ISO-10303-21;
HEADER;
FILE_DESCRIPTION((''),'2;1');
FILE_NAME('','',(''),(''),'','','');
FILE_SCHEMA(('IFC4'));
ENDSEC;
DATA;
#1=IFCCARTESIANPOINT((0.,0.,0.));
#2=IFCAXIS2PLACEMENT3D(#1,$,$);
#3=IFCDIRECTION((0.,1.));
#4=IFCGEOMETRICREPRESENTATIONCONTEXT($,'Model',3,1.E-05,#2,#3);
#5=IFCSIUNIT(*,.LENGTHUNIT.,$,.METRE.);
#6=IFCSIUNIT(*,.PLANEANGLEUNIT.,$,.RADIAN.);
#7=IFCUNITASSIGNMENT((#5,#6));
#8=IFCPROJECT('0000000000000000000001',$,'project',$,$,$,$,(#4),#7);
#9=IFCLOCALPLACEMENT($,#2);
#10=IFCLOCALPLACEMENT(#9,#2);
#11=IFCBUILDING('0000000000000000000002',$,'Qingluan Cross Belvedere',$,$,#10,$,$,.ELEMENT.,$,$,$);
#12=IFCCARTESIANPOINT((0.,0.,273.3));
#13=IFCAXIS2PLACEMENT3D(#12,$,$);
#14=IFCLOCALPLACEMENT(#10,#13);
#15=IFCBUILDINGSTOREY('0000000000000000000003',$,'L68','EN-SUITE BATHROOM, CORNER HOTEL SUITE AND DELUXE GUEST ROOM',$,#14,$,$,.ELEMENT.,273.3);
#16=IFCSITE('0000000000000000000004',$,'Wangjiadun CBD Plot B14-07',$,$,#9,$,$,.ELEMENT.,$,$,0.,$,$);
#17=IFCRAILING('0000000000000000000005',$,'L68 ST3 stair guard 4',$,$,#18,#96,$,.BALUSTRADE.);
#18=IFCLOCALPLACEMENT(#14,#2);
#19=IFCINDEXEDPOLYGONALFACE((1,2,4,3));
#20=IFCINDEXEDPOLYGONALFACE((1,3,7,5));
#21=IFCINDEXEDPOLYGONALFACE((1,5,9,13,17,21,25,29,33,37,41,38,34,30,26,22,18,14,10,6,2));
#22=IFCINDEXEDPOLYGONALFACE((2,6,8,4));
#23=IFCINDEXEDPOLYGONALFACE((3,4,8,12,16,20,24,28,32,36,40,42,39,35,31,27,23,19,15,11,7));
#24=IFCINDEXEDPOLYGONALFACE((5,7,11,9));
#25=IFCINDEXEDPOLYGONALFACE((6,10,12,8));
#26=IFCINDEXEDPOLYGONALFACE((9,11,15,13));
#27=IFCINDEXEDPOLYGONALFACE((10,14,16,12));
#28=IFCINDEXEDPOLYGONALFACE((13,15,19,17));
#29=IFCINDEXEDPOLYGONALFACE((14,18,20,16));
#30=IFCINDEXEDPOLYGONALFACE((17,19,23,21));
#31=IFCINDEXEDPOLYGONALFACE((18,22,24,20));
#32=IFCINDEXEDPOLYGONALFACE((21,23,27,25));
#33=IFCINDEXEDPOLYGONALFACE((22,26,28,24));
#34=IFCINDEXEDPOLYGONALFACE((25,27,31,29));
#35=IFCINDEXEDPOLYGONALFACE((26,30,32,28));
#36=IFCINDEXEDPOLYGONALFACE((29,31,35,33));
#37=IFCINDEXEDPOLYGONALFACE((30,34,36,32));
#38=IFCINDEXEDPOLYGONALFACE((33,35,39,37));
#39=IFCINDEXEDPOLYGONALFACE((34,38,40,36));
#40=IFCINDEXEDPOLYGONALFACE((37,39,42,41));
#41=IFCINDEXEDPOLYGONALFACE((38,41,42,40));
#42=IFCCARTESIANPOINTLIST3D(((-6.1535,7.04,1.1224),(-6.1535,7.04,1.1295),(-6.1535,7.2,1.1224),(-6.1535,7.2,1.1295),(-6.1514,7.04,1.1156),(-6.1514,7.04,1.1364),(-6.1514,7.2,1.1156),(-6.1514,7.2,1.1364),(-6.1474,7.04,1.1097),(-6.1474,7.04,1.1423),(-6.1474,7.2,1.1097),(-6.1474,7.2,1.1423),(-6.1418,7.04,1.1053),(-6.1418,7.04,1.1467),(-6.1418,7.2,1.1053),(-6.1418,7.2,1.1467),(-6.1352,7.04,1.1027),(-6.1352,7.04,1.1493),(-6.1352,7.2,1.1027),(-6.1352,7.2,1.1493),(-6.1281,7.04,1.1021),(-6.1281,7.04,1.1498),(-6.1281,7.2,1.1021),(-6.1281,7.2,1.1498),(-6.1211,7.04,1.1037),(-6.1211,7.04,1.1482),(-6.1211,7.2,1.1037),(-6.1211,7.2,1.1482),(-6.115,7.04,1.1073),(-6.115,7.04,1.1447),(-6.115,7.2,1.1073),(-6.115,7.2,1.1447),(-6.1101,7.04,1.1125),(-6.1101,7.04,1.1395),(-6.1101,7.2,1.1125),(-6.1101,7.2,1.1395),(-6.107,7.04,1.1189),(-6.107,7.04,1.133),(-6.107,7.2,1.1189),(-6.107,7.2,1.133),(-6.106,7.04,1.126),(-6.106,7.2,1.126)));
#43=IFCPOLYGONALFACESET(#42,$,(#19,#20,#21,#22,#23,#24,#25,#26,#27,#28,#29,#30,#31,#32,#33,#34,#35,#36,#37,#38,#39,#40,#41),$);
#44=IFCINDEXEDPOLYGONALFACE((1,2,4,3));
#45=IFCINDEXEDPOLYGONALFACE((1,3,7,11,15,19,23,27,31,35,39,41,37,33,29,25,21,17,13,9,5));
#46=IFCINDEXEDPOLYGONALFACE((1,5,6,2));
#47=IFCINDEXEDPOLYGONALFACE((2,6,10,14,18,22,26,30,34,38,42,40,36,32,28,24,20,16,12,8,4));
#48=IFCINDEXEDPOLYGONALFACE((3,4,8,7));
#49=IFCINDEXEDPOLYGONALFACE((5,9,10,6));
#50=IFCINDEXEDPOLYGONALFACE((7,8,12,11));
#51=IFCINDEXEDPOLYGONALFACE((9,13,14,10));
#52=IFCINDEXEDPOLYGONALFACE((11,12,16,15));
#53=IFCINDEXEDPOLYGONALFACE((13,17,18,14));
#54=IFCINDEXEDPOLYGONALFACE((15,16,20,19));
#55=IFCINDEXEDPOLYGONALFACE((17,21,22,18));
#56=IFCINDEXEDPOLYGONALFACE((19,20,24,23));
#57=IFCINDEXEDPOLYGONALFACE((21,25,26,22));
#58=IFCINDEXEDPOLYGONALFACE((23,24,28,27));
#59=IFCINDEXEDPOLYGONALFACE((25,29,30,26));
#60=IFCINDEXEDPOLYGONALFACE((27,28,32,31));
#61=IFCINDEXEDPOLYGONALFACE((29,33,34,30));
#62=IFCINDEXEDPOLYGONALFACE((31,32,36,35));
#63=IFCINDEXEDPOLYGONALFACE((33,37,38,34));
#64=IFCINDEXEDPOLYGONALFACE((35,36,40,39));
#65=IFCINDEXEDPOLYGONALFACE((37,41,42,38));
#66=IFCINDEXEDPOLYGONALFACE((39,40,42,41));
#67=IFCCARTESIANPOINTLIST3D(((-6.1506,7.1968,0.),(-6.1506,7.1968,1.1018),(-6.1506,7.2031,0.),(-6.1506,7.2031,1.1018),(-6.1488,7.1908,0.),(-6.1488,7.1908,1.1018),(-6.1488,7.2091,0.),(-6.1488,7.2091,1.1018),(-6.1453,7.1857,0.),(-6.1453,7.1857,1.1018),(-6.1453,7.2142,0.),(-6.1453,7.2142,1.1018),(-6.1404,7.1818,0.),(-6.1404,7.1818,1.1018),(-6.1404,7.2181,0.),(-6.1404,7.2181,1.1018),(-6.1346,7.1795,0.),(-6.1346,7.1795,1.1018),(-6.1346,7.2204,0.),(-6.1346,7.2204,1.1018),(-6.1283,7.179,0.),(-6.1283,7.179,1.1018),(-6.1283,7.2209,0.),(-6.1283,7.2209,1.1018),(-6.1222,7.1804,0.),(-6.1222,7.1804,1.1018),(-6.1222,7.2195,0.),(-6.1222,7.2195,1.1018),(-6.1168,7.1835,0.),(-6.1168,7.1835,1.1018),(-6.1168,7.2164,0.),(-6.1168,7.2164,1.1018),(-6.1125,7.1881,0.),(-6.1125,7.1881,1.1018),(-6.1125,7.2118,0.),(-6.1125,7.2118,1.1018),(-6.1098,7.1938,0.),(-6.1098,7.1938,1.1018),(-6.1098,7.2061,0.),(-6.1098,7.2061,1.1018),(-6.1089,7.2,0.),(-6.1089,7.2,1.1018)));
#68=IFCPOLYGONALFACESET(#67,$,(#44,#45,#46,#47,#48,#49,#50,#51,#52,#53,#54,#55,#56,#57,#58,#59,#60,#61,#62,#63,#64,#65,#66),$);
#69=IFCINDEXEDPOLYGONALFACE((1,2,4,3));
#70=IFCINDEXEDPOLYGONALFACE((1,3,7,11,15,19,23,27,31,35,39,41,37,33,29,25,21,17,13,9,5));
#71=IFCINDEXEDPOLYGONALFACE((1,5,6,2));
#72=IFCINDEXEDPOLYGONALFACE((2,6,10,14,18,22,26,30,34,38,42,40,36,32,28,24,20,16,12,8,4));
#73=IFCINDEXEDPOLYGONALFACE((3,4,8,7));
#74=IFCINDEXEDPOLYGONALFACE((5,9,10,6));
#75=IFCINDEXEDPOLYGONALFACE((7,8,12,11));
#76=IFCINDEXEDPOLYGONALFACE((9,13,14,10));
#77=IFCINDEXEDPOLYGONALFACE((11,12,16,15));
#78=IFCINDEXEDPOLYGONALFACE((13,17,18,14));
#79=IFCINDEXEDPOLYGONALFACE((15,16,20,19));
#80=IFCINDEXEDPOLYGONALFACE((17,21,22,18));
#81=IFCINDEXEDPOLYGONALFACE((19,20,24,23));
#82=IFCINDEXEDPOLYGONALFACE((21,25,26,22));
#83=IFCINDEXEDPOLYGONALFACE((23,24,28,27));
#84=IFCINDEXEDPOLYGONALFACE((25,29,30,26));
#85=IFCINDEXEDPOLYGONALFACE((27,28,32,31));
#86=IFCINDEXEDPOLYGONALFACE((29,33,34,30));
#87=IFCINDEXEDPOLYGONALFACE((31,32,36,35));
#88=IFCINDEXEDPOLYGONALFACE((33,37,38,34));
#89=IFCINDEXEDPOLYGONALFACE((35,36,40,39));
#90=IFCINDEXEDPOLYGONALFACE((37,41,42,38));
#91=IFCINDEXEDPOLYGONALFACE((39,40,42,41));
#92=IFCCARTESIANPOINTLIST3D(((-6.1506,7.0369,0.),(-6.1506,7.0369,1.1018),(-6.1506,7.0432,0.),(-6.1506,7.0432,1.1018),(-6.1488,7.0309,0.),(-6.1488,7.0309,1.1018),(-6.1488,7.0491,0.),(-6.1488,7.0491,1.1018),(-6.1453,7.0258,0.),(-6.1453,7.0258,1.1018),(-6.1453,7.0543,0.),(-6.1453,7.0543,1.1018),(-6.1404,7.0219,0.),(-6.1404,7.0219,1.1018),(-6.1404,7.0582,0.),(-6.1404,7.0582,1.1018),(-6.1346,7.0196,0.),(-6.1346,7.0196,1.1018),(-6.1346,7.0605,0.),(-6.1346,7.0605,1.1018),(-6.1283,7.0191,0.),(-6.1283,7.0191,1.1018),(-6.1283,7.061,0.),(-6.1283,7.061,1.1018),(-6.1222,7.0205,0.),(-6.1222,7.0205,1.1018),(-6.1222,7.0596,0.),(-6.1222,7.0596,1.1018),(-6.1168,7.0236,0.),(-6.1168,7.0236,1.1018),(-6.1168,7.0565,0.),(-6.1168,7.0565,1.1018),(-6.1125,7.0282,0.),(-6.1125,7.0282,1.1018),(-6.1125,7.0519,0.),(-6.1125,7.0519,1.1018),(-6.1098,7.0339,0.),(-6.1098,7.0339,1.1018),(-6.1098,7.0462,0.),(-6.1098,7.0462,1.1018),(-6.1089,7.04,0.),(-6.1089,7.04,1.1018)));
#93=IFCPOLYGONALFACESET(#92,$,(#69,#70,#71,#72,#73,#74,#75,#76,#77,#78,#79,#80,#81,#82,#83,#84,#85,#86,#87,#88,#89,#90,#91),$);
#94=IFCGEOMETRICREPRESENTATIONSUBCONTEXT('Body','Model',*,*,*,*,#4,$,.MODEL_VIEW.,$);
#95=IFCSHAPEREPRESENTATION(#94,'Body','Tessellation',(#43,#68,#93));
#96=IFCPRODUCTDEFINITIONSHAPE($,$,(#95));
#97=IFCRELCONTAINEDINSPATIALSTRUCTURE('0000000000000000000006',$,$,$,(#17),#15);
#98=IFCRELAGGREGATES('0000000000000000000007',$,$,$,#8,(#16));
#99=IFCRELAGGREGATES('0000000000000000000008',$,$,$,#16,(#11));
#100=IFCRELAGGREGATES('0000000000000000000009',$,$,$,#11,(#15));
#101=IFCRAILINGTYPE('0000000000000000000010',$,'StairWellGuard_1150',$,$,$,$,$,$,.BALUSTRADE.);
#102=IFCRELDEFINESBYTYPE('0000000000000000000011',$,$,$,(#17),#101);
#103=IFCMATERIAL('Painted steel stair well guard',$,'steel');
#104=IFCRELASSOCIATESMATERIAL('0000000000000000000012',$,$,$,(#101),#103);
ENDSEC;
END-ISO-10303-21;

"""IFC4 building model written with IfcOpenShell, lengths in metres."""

from ifc_helpers import new_model, si_unit, direction, frame, origin, origin_2d, place, context, subcontext, project, spatial, circle, extrude, material, type_object, element, save


model = new_model("IFC4")

# Units and contexts
model_context = context("Model", 3, precision=1e-05, world=origin(), true_north=direction((0.0, 1.0)))
body_context = subcontext(model_context, "Body", "Model", "MODEL_VIEW")
ifc_project = project(units=[si_unit("LENGTHUNIT", "METRE"), si_unit("PLANEANGLEUNIT", "RADIAN")], contexts=[model_context])

# Site, building, storey
site_placement = place(None, origin())
site = spatial("IfcSite", under=ifc_project, at=site_placement, Name="Wangjiadun CBD Plot B14-07", CompositionType="ELEMENT", RefElevation=0.0)
building_placement = place(site_placement, origin())
building = spatial("IfcBuilding", under=site, at=building_placement, Name="Qingluan Cross Belvedere", CompositionType="ELEMENT")
storey_placement = place(building_placement, frame((0.0, 0.0, 273.3)))
storey = spatial("IfcBuildingStorey", under=building, at=storey_placement, Name="L68", Description="EN-SUITE BATHROOM, CORNER HOTEL SUITE AND DELUXE GUEST ROOM", CompositionType="ELEMENT", Elevation=273.3)

# Railing
ifc_material_1 = material(Name="Painted steel stair well guard", Category="steel")
railing_type_1 = type_object("IfcRailingType", Name="StairWellGuard_1150", PredefinedType="BALUSTRADE", material=ifc_material_1)
railing_1_placement = place(storey_placement, frame((-6.1299, 7.2, 0.0)))
element("IfcRailing", 1, at=railing_1_placement, inside=storey, type_object=railing_type_1, Name="L68 ST3 stair guard 4", PredefinedType="BALUSTRADE", context=body_context, shape_type="SweptSolid", body=[
    extrude(circle(Radius=0.0239, at=origin_2d()), frame((0.0, 0.0, 1.126), z_axis=(0.0, -1.0, 0.0), x_axis=(1.0, 0.0, 0.0)), (0.0, 0.0, 1.0), 0.1599),
    extrude(circle(Radius=0.021, at=origin_2d()), origin(), (0.0, 0.0, 1.0), 1.1018),
    extrude(circle(Radius=0.021, at=origin_2d()), frame((0.0, -0.1599, 0.0)), (0.0, 0.0, 1.0), 1.1018),
])

save(model, "model.ifc")
